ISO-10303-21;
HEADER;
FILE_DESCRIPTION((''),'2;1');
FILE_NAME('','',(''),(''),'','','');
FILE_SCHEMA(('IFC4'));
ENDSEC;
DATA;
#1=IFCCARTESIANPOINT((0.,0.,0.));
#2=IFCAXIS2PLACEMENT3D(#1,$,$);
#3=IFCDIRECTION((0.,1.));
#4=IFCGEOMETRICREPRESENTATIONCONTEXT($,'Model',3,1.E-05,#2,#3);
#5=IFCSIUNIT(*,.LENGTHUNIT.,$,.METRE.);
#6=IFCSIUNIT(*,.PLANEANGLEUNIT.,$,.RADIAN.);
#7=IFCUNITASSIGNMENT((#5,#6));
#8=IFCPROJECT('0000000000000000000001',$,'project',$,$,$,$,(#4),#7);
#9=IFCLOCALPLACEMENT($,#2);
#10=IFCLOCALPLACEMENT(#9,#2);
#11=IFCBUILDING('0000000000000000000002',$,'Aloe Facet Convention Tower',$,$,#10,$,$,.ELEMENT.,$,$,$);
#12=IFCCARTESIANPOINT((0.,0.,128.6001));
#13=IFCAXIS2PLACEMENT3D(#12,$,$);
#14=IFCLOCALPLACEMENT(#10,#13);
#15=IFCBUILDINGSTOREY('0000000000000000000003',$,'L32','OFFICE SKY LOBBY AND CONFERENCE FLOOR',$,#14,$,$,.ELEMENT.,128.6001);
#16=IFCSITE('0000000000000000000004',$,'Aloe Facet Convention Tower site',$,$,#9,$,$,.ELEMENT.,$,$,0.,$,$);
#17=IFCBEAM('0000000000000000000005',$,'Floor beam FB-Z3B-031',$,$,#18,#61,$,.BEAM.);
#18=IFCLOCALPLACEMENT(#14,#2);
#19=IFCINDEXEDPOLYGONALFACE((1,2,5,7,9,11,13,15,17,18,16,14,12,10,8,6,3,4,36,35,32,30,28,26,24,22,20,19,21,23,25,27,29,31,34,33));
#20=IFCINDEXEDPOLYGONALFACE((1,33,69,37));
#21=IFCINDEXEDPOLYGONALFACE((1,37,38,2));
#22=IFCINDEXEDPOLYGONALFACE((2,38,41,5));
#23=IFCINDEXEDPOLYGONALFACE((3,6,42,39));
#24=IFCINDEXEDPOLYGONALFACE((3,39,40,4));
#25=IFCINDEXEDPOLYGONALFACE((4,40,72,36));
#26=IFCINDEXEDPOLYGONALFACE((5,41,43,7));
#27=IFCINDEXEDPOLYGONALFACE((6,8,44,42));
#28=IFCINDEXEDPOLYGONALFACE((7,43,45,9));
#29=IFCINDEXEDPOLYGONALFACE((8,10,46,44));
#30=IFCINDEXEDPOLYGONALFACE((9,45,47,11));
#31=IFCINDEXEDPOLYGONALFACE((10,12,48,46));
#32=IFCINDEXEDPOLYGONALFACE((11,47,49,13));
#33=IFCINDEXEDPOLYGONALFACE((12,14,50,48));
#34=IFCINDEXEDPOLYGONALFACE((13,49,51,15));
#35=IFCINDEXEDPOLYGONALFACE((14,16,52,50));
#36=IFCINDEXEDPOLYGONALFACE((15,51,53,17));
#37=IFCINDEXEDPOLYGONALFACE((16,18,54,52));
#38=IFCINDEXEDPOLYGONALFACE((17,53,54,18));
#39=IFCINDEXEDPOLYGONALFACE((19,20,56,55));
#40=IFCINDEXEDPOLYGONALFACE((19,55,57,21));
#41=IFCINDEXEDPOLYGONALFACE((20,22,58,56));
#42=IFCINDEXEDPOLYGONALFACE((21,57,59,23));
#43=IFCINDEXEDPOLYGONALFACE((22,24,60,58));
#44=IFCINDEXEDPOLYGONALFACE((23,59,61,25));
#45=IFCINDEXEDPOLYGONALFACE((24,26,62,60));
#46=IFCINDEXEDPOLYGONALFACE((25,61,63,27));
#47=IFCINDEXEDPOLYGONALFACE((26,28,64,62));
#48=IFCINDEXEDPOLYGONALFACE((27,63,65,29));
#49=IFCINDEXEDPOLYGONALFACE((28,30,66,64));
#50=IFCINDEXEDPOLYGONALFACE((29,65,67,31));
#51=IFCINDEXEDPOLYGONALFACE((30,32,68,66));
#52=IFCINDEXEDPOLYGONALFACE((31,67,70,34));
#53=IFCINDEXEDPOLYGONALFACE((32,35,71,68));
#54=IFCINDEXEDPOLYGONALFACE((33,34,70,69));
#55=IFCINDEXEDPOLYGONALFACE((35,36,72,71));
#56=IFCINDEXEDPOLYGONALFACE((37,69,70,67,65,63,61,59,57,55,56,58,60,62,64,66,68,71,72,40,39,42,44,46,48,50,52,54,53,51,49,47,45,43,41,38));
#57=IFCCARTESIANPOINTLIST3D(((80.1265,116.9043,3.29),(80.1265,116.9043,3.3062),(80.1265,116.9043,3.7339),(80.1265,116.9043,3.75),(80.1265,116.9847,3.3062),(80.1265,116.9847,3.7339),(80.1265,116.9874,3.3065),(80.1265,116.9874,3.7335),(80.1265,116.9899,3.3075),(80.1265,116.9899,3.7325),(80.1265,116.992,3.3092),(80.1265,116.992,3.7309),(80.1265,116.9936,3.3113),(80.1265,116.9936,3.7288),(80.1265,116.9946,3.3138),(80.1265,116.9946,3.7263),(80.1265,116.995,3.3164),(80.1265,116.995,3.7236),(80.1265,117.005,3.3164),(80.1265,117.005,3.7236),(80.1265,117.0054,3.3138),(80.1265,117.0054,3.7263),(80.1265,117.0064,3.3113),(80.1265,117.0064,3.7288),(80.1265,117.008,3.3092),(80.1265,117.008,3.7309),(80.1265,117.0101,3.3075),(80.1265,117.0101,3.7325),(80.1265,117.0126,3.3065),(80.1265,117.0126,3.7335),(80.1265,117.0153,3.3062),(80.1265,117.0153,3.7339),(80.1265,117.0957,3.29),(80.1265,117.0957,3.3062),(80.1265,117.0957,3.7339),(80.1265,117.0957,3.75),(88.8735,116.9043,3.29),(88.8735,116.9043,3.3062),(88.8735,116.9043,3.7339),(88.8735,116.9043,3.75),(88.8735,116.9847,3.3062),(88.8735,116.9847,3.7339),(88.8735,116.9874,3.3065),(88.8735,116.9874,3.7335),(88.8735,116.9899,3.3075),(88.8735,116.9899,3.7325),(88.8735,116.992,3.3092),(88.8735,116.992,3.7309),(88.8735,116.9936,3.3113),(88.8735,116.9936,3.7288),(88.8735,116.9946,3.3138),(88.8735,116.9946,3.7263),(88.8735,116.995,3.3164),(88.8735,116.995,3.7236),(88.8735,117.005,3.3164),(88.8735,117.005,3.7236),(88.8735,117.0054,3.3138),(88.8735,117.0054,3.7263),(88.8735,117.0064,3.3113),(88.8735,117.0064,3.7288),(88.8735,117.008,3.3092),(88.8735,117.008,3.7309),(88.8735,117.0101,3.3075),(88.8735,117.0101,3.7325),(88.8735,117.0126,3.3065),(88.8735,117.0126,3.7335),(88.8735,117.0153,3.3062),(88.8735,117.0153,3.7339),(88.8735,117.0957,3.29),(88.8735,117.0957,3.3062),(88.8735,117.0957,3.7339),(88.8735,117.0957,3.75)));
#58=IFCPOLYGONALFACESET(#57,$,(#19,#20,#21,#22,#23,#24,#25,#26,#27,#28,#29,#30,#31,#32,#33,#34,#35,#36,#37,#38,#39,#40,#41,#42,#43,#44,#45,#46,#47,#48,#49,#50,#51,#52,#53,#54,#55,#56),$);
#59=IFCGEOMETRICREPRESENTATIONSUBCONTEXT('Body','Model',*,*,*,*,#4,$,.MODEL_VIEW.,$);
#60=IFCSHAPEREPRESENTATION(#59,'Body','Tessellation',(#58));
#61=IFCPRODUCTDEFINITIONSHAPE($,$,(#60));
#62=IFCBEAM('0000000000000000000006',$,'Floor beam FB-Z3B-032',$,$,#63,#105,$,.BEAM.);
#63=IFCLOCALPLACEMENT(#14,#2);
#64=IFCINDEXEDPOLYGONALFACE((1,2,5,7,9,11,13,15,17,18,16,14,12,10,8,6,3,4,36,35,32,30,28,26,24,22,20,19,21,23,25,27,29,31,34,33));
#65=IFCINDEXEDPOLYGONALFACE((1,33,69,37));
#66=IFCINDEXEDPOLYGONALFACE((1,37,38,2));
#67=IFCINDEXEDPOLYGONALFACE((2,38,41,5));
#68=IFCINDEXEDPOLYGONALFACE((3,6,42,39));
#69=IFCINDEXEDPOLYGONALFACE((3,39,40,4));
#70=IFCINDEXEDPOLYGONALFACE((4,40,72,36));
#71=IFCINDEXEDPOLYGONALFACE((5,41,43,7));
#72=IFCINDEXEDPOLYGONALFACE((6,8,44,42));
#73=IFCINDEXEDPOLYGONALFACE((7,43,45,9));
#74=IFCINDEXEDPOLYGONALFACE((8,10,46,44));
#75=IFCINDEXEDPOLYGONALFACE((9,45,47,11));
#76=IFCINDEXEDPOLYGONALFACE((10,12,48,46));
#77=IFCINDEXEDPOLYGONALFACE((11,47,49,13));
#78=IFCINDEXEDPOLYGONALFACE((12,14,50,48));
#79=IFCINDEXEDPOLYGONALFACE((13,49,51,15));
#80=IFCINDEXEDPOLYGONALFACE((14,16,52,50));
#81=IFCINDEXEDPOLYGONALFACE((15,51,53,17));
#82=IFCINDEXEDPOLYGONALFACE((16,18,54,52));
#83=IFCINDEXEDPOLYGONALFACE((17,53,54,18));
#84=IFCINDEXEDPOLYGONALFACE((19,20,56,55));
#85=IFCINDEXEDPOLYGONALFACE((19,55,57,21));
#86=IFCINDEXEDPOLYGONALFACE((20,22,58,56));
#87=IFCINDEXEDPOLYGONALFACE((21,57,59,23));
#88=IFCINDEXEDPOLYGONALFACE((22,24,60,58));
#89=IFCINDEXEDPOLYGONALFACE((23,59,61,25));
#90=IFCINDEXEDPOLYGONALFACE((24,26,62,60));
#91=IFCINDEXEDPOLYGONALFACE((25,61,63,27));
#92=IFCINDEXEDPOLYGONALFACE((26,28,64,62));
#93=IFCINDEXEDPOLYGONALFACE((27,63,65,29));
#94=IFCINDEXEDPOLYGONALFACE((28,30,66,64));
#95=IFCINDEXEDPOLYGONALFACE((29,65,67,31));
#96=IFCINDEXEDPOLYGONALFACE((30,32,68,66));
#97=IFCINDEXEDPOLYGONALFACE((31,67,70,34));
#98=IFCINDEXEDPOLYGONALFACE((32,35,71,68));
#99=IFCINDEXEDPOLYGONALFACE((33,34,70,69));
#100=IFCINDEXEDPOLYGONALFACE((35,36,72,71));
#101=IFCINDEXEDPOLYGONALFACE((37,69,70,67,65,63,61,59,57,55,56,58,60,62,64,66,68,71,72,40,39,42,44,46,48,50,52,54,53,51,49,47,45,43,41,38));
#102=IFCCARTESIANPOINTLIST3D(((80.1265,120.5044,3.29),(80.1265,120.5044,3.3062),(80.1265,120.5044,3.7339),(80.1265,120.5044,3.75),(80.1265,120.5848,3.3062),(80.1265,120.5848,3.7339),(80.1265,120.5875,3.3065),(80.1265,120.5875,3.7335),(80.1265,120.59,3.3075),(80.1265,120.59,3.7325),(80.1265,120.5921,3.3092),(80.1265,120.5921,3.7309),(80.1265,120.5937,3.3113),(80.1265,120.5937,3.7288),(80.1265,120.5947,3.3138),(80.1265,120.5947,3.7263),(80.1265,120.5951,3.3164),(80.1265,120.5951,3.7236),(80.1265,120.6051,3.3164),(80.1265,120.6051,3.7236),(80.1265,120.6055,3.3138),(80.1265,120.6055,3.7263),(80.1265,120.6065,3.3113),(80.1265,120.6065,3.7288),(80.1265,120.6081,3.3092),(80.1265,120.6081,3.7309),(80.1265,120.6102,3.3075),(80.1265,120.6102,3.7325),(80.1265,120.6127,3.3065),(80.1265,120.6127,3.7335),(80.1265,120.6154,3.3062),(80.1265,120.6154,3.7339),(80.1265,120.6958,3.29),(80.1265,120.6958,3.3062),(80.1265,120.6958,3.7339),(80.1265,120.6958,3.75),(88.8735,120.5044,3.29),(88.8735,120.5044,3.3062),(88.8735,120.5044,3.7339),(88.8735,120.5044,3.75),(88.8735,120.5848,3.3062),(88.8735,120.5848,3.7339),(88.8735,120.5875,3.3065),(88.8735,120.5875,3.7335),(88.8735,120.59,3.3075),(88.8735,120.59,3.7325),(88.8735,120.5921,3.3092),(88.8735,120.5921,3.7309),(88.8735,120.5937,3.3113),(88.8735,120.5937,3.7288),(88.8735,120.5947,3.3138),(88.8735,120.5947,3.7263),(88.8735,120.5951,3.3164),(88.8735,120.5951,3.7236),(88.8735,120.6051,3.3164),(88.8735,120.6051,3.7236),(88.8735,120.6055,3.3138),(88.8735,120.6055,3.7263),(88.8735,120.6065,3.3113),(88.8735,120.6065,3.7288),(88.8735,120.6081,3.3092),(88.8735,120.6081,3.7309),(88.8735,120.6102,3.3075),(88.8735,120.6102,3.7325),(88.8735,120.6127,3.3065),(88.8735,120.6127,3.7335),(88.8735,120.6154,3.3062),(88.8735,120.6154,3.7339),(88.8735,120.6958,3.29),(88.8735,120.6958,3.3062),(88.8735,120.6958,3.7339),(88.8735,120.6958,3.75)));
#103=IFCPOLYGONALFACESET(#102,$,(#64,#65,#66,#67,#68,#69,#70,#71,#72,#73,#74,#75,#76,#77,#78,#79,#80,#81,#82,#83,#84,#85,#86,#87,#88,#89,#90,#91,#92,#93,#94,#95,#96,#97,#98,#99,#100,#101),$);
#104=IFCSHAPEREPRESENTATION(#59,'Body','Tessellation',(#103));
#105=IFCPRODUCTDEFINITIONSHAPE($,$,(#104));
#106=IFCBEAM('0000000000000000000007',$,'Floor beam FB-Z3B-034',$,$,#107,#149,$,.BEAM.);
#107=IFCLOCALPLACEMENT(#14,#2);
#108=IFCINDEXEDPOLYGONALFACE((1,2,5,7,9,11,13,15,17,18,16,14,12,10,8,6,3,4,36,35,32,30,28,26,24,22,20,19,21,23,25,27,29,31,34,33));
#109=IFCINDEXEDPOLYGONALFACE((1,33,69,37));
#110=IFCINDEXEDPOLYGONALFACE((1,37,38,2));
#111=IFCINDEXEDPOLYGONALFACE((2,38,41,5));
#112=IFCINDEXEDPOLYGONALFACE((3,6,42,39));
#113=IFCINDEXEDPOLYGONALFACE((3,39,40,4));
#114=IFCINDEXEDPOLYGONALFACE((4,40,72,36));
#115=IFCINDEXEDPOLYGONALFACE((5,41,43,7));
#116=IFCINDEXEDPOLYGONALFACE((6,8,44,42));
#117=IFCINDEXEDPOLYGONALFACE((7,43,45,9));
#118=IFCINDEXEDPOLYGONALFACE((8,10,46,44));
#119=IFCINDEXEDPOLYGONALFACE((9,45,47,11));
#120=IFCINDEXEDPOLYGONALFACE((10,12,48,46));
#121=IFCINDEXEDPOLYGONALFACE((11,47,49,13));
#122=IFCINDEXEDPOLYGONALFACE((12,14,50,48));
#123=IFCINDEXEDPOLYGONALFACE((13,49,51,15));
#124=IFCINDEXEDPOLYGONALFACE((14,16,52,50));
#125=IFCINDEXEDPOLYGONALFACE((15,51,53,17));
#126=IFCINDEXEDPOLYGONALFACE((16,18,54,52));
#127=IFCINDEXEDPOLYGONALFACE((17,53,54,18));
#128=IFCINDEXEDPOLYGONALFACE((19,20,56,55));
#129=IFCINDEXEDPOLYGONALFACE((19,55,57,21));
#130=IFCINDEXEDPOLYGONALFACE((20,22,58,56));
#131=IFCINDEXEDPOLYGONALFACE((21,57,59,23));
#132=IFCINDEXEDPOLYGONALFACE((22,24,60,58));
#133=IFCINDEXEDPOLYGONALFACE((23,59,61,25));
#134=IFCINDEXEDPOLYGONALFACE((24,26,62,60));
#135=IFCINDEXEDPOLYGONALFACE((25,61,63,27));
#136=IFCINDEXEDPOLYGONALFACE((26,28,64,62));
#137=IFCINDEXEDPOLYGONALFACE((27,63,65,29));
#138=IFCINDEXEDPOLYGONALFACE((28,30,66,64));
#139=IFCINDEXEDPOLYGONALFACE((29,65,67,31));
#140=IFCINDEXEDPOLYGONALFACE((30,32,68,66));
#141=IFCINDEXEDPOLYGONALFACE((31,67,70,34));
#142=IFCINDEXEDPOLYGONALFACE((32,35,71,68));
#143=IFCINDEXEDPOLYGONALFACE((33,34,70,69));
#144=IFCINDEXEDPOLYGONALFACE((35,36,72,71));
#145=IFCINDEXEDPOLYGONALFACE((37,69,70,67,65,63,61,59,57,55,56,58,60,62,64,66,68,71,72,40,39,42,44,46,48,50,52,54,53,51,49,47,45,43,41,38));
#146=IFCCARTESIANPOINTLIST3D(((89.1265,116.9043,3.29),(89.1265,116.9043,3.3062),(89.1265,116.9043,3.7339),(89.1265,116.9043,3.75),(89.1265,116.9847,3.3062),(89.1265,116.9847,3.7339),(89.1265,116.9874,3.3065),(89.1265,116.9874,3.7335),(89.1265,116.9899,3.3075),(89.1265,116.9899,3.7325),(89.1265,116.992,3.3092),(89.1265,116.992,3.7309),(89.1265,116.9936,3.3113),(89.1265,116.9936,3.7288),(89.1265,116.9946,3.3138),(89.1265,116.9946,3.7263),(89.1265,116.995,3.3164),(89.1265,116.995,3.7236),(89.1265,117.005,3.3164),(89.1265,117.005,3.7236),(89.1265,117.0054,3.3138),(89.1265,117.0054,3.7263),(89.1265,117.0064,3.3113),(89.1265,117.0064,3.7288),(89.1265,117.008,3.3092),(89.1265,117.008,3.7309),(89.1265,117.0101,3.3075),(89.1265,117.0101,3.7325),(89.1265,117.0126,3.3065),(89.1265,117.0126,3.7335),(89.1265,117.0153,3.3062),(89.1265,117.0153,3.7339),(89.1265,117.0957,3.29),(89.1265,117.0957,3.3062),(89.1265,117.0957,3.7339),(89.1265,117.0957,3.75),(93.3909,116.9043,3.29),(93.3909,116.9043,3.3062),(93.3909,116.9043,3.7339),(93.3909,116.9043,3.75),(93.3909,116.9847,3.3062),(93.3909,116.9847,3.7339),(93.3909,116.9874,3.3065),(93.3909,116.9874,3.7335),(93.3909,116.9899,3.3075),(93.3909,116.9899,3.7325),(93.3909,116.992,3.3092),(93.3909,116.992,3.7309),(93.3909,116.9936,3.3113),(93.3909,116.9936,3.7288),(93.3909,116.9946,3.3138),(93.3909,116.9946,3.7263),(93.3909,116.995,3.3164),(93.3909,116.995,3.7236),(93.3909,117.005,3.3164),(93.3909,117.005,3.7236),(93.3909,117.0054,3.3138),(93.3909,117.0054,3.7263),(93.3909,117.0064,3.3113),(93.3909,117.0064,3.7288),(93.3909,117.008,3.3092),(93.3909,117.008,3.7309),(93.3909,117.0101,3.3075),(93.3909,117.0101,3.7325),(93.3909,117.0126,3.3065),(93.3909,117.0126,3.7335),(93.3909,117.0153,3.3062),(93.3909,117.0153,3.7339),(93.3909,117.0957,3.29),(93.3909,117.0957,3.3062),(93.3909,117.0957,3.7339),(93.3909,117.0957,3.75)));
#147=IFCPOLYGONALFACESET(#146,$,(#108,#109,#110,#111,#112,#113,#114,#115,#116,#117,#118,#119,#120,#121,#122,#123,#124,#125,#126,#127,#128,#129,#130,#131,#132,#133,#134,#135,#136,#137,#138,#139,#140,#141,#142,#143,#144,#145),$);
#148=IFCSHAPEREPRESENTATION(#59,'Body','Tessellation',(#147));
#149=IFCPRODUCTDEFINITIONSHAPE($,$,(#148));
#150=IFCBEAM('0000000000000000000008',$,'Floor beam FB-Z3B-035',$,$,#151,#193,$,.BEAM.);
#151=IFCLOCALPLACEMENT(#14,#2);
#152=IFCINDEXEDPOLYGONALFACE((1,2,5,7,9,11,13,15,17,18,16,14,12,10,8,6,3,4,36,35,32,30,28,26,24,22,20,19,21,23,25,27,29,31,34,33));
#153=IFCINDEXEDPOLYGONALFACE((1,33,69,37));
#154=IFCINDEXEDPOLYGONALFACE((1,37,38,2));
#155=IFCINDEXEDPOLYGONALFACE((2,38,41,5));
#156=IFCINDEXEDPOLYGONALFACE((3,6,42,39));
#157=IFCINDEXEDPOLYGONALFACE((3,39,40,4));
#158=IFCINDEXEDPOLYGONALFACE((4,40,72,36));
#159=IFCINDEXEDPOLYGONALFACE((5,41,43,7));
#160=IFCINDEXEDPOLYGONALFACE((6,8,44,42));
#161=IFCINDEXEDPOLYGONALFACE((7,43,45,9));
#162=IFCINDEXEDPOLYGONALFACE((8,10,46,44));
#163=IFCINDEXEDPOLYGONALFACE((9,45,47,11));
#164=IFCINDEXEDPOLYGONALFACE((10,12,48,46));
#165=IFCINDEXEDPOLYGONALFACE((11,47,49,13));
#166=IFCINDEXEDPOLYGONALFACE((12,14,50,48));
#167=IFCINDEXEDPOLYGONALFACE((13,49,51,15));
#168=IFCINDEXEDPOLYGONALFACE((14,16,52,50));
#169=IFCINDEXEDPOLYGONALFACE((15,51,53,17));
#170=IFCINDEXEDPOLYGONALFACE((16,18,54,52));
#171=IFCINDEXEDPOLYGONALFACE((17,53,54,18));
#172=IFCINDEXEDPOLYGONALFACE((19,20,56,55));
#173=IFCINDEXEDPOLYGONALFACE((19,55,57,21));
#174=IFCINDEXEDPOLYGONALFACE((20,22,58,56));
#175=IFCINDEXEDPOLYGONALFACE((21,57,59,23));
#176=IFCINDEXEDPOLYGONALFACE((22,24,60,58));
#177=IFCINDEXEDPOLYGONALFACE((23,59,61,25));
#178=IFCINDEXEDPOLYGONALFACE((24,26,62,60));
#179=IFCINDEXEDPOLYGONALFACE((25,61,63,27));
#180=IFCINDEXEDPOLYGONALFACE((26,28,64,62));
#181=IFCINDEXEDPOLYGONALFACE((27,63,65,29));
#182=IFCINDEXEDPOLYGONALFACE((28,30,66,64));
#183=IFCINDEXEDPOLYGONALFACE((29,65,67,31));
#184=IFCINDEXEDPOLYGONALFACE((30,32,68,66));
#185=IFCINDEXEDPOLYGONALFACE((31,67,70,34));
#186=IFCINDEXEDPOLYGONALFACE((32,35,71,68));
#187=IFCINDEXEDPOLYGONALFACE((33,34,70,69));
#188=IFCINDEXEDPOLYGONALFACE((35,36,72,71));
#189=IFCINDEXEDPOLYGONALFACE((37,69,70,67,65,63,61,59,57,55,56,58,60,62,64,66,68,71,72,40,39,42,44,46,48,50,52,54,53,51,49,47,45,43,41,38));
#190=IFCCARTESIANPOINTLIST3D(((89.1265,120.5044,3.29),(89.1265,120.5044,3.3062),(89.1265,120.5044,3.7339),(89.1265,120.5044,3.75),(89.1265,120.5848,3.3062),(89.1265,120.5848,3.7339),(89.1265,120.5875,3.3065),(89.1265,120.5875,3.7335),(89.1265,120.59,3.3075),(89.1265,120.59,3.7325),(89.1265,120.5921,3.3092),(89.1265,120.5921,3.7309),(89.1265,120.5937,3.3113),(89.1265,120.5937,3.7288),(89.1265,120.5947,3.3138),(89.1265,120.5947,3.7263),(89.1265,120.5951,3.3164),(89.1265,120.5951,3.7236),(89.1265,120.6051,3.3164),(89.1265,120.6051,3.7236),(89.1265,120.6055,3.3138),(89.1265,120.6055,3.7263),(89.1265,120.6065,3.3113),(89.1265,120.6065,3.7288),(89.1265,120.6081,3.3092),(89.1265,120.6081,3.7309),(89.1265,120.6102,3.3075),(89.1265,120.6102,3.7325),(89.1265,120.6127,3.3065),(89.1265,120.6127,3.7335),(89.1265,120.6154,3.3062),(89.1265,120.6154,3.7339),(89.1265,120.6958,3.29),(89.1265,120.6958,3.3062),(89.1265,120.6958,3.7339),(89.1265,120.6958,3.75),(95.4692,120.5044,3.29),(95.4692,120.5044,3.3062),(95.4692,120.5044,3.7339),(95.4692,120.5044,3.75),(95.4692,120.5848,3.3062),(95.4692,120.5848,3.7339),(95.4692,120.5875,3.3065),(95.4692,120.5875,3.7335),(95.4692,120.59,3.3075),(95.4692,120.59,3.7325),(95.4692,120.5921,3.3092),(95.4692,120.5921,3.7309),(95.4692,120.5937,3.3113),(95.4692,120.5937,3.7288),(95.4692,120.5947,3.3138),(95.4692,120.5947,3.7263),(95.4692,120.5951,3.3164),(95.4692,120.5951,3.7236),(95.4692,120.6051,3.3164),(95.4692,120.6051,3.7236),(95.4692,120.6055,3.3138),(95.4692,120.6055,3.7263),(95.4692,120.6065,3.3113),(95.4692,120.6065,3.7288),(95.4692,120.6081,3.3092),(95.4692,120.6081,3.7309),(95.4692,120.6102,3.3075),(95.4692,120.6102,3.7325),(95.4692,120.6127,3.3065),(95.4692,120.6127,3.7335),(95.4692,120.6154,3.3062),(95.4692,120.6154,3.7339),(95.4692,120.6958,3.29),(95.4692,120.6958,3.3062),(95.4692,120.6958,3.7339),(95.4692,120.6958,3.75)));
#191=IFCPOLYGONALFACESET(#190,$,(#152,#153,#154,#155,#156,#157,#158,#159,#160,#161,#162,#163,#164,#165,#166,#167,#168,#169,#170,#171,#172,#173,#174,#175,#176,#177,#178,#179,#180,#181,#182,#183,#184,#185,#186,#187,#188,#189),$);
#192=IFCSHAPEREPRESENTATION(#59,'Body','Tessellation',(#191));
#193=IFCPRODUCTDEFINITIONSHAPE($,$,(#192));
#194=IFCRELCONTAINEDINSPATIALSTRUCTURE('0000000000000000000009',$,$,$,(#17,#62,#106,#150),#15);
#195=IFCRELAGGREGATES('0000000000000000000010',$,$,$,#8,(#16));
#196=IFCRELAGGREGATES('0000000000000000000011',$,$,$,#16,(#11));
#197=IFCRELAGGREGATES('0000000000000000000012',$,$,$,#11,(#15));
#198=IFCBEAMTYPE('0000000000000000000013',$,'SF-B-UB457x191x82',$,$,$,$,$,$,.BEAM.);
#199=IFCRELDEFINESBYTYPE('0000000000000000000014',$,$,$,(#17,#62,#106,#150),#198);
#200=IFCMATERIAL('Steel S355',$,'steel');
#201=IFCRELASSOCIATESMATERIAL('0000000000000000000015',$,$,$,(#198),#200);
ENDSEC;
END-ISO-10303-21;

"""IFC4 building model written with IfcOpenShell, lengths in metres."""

from ifc_helpers import new_model, si_unit, direction, frame, origin, origin_2d, place, context, subcontext, project, spatial, i_section, extrude, material, material_profile, profile_set, type_object, element, save


model = new_model("IFC4")

# Units and contexts
model_context = context("Model", 3, precision=1e-05, world=origin(), true_north=direction((0.0, 1.0)))
body_context = subcontext(model_context, "Body", "Model", "MODEL_VIEW")
ifc_project = project(units=[si_unit("LENGTHUNIT", "METRE"), si_unit("PLANEANGLEUNIT", "RADIAN")], contexts=[model_context])

# Site, building, storey
site_placement = place(None, origin())
site = spatial("IfcSite", under=ifc_project, at=site_placement, Name="Aloe Facet Convention Tower site", CompositionType="ELEMENT", RefElevation=0.0)
building_placement = place(site_placement, origin())
building = spatial("IfcBuilding", under=site, at=building_placement, Name="Aloe Facet Convention Tower", CompositionType="ELEMENT")
storey_placement = place(building_placement, frame((0.0, 0.0, 128.6001)))
storey = spatial("IfcBuildingStorey", under=building, at=storey_placement, Name="L32", Description="OFFICE SKY LOBBY AND CONFERENCE FLOOR", CompositionType="ELEMENT", Elevation=128.6001)

# Beams
ifc_material_1 = material(Name="Steel S355", Category="steel")
ifc_material_profile_1 = material_profile(ifc_material_1, i_section(OverallWidth=0.1914, OverallDepth=0.46, WebThickness=0.01, FlangeThickness=0.0161, FilletRadius=0.0103, at=origin_2d()), Name="UB 457x191x82")
ifc_profile_set_1 = profile_set([ifc_material_profile_1], Name="Steel S355")
beam_type_1 = type_object("IfcBeamType", Name="SF-B-UB457x191x82", PredefinedType="BEAM", material=ifc_profile_set_1)
for number, where, z_axis, x_axis, name in (
    (1, (80.1265, 117.0, 3.52), (1.0, 0.0, 0.0), (0.0, 1.0, 0.0), "Floor beam FB-Z3B-031"),
    (2, (80.1265, 120.6001, 3.52), (1.0, 0.0, 0.0), (0.0, 1.0, 0.0), "Floor beam FB-Z3B-032"),
):
    element("IfcBeam", number, at=place(storey_placement, frame(where, z_axis=z_axis, x_axis=x_axis)), inside=storey, type_object=beam_type_1, Name=name, PredefinedType="BEAM", context=body_context, shape_type="SweptSolid", body=[
        extrude(i_section(OverallWidth=0.1914, OverallDepth=0.46, WebThickness=0.01, FlangeThickness=0.0161, FilletRadius=0.0103, at=origin_2d()), origin(), (0.0, 0.0, 1.0), 8.7471),
    ])
beam_1_placement = place(storey_placement, frame((89.1265, 117.0, 3.52), z_axis=(1.0, 0.0, 0.0), x_axis=(0.0, 1.0, 0.0)))
element("IfcBeam", 3, at=beam_1_placement, inside=storey, type_object=beam_type_1, Name="Floor beam FB-Z3B-034", PredefinedType="BEAM", context=body_context, shape_type="SweptSolid", body=[
    extrude(i_section(OverallWidth=0.1914, OverallDepth=0.46, WebThickness=0.01, FlangeThickness=0.0161, FilletRadius=0.0103, at=origin_2d()), origin(), (0.0, 0.0, 1.0), 4.2644),
])
beam_2_placement = place(storey_placement, frame((89.1265, 120.6001, 3.52), z_axis=(1.0, 0.0, 0.0), x_axis=(0.0, 1.0, 0.0)))
element("IfcBeam", 4, at=beam_2_placement, inside=storey, type_object=beam_type_1, Name="Floor beam FB-Z3B-035", PredefinedType="BEAM", context=body_context, shape_type="SweptSolid", body=[
    extrude(i_section(OverallWidth=0.1914, OverallDepth=0.46, WebThickness=0.01, FlangeThickness=0.0161, FilletRadius=0.0103, at=origin_2d()), origin(), (0.0, 0.0, 1.0), 6.3428),
])

save(model, "model.ifc")
